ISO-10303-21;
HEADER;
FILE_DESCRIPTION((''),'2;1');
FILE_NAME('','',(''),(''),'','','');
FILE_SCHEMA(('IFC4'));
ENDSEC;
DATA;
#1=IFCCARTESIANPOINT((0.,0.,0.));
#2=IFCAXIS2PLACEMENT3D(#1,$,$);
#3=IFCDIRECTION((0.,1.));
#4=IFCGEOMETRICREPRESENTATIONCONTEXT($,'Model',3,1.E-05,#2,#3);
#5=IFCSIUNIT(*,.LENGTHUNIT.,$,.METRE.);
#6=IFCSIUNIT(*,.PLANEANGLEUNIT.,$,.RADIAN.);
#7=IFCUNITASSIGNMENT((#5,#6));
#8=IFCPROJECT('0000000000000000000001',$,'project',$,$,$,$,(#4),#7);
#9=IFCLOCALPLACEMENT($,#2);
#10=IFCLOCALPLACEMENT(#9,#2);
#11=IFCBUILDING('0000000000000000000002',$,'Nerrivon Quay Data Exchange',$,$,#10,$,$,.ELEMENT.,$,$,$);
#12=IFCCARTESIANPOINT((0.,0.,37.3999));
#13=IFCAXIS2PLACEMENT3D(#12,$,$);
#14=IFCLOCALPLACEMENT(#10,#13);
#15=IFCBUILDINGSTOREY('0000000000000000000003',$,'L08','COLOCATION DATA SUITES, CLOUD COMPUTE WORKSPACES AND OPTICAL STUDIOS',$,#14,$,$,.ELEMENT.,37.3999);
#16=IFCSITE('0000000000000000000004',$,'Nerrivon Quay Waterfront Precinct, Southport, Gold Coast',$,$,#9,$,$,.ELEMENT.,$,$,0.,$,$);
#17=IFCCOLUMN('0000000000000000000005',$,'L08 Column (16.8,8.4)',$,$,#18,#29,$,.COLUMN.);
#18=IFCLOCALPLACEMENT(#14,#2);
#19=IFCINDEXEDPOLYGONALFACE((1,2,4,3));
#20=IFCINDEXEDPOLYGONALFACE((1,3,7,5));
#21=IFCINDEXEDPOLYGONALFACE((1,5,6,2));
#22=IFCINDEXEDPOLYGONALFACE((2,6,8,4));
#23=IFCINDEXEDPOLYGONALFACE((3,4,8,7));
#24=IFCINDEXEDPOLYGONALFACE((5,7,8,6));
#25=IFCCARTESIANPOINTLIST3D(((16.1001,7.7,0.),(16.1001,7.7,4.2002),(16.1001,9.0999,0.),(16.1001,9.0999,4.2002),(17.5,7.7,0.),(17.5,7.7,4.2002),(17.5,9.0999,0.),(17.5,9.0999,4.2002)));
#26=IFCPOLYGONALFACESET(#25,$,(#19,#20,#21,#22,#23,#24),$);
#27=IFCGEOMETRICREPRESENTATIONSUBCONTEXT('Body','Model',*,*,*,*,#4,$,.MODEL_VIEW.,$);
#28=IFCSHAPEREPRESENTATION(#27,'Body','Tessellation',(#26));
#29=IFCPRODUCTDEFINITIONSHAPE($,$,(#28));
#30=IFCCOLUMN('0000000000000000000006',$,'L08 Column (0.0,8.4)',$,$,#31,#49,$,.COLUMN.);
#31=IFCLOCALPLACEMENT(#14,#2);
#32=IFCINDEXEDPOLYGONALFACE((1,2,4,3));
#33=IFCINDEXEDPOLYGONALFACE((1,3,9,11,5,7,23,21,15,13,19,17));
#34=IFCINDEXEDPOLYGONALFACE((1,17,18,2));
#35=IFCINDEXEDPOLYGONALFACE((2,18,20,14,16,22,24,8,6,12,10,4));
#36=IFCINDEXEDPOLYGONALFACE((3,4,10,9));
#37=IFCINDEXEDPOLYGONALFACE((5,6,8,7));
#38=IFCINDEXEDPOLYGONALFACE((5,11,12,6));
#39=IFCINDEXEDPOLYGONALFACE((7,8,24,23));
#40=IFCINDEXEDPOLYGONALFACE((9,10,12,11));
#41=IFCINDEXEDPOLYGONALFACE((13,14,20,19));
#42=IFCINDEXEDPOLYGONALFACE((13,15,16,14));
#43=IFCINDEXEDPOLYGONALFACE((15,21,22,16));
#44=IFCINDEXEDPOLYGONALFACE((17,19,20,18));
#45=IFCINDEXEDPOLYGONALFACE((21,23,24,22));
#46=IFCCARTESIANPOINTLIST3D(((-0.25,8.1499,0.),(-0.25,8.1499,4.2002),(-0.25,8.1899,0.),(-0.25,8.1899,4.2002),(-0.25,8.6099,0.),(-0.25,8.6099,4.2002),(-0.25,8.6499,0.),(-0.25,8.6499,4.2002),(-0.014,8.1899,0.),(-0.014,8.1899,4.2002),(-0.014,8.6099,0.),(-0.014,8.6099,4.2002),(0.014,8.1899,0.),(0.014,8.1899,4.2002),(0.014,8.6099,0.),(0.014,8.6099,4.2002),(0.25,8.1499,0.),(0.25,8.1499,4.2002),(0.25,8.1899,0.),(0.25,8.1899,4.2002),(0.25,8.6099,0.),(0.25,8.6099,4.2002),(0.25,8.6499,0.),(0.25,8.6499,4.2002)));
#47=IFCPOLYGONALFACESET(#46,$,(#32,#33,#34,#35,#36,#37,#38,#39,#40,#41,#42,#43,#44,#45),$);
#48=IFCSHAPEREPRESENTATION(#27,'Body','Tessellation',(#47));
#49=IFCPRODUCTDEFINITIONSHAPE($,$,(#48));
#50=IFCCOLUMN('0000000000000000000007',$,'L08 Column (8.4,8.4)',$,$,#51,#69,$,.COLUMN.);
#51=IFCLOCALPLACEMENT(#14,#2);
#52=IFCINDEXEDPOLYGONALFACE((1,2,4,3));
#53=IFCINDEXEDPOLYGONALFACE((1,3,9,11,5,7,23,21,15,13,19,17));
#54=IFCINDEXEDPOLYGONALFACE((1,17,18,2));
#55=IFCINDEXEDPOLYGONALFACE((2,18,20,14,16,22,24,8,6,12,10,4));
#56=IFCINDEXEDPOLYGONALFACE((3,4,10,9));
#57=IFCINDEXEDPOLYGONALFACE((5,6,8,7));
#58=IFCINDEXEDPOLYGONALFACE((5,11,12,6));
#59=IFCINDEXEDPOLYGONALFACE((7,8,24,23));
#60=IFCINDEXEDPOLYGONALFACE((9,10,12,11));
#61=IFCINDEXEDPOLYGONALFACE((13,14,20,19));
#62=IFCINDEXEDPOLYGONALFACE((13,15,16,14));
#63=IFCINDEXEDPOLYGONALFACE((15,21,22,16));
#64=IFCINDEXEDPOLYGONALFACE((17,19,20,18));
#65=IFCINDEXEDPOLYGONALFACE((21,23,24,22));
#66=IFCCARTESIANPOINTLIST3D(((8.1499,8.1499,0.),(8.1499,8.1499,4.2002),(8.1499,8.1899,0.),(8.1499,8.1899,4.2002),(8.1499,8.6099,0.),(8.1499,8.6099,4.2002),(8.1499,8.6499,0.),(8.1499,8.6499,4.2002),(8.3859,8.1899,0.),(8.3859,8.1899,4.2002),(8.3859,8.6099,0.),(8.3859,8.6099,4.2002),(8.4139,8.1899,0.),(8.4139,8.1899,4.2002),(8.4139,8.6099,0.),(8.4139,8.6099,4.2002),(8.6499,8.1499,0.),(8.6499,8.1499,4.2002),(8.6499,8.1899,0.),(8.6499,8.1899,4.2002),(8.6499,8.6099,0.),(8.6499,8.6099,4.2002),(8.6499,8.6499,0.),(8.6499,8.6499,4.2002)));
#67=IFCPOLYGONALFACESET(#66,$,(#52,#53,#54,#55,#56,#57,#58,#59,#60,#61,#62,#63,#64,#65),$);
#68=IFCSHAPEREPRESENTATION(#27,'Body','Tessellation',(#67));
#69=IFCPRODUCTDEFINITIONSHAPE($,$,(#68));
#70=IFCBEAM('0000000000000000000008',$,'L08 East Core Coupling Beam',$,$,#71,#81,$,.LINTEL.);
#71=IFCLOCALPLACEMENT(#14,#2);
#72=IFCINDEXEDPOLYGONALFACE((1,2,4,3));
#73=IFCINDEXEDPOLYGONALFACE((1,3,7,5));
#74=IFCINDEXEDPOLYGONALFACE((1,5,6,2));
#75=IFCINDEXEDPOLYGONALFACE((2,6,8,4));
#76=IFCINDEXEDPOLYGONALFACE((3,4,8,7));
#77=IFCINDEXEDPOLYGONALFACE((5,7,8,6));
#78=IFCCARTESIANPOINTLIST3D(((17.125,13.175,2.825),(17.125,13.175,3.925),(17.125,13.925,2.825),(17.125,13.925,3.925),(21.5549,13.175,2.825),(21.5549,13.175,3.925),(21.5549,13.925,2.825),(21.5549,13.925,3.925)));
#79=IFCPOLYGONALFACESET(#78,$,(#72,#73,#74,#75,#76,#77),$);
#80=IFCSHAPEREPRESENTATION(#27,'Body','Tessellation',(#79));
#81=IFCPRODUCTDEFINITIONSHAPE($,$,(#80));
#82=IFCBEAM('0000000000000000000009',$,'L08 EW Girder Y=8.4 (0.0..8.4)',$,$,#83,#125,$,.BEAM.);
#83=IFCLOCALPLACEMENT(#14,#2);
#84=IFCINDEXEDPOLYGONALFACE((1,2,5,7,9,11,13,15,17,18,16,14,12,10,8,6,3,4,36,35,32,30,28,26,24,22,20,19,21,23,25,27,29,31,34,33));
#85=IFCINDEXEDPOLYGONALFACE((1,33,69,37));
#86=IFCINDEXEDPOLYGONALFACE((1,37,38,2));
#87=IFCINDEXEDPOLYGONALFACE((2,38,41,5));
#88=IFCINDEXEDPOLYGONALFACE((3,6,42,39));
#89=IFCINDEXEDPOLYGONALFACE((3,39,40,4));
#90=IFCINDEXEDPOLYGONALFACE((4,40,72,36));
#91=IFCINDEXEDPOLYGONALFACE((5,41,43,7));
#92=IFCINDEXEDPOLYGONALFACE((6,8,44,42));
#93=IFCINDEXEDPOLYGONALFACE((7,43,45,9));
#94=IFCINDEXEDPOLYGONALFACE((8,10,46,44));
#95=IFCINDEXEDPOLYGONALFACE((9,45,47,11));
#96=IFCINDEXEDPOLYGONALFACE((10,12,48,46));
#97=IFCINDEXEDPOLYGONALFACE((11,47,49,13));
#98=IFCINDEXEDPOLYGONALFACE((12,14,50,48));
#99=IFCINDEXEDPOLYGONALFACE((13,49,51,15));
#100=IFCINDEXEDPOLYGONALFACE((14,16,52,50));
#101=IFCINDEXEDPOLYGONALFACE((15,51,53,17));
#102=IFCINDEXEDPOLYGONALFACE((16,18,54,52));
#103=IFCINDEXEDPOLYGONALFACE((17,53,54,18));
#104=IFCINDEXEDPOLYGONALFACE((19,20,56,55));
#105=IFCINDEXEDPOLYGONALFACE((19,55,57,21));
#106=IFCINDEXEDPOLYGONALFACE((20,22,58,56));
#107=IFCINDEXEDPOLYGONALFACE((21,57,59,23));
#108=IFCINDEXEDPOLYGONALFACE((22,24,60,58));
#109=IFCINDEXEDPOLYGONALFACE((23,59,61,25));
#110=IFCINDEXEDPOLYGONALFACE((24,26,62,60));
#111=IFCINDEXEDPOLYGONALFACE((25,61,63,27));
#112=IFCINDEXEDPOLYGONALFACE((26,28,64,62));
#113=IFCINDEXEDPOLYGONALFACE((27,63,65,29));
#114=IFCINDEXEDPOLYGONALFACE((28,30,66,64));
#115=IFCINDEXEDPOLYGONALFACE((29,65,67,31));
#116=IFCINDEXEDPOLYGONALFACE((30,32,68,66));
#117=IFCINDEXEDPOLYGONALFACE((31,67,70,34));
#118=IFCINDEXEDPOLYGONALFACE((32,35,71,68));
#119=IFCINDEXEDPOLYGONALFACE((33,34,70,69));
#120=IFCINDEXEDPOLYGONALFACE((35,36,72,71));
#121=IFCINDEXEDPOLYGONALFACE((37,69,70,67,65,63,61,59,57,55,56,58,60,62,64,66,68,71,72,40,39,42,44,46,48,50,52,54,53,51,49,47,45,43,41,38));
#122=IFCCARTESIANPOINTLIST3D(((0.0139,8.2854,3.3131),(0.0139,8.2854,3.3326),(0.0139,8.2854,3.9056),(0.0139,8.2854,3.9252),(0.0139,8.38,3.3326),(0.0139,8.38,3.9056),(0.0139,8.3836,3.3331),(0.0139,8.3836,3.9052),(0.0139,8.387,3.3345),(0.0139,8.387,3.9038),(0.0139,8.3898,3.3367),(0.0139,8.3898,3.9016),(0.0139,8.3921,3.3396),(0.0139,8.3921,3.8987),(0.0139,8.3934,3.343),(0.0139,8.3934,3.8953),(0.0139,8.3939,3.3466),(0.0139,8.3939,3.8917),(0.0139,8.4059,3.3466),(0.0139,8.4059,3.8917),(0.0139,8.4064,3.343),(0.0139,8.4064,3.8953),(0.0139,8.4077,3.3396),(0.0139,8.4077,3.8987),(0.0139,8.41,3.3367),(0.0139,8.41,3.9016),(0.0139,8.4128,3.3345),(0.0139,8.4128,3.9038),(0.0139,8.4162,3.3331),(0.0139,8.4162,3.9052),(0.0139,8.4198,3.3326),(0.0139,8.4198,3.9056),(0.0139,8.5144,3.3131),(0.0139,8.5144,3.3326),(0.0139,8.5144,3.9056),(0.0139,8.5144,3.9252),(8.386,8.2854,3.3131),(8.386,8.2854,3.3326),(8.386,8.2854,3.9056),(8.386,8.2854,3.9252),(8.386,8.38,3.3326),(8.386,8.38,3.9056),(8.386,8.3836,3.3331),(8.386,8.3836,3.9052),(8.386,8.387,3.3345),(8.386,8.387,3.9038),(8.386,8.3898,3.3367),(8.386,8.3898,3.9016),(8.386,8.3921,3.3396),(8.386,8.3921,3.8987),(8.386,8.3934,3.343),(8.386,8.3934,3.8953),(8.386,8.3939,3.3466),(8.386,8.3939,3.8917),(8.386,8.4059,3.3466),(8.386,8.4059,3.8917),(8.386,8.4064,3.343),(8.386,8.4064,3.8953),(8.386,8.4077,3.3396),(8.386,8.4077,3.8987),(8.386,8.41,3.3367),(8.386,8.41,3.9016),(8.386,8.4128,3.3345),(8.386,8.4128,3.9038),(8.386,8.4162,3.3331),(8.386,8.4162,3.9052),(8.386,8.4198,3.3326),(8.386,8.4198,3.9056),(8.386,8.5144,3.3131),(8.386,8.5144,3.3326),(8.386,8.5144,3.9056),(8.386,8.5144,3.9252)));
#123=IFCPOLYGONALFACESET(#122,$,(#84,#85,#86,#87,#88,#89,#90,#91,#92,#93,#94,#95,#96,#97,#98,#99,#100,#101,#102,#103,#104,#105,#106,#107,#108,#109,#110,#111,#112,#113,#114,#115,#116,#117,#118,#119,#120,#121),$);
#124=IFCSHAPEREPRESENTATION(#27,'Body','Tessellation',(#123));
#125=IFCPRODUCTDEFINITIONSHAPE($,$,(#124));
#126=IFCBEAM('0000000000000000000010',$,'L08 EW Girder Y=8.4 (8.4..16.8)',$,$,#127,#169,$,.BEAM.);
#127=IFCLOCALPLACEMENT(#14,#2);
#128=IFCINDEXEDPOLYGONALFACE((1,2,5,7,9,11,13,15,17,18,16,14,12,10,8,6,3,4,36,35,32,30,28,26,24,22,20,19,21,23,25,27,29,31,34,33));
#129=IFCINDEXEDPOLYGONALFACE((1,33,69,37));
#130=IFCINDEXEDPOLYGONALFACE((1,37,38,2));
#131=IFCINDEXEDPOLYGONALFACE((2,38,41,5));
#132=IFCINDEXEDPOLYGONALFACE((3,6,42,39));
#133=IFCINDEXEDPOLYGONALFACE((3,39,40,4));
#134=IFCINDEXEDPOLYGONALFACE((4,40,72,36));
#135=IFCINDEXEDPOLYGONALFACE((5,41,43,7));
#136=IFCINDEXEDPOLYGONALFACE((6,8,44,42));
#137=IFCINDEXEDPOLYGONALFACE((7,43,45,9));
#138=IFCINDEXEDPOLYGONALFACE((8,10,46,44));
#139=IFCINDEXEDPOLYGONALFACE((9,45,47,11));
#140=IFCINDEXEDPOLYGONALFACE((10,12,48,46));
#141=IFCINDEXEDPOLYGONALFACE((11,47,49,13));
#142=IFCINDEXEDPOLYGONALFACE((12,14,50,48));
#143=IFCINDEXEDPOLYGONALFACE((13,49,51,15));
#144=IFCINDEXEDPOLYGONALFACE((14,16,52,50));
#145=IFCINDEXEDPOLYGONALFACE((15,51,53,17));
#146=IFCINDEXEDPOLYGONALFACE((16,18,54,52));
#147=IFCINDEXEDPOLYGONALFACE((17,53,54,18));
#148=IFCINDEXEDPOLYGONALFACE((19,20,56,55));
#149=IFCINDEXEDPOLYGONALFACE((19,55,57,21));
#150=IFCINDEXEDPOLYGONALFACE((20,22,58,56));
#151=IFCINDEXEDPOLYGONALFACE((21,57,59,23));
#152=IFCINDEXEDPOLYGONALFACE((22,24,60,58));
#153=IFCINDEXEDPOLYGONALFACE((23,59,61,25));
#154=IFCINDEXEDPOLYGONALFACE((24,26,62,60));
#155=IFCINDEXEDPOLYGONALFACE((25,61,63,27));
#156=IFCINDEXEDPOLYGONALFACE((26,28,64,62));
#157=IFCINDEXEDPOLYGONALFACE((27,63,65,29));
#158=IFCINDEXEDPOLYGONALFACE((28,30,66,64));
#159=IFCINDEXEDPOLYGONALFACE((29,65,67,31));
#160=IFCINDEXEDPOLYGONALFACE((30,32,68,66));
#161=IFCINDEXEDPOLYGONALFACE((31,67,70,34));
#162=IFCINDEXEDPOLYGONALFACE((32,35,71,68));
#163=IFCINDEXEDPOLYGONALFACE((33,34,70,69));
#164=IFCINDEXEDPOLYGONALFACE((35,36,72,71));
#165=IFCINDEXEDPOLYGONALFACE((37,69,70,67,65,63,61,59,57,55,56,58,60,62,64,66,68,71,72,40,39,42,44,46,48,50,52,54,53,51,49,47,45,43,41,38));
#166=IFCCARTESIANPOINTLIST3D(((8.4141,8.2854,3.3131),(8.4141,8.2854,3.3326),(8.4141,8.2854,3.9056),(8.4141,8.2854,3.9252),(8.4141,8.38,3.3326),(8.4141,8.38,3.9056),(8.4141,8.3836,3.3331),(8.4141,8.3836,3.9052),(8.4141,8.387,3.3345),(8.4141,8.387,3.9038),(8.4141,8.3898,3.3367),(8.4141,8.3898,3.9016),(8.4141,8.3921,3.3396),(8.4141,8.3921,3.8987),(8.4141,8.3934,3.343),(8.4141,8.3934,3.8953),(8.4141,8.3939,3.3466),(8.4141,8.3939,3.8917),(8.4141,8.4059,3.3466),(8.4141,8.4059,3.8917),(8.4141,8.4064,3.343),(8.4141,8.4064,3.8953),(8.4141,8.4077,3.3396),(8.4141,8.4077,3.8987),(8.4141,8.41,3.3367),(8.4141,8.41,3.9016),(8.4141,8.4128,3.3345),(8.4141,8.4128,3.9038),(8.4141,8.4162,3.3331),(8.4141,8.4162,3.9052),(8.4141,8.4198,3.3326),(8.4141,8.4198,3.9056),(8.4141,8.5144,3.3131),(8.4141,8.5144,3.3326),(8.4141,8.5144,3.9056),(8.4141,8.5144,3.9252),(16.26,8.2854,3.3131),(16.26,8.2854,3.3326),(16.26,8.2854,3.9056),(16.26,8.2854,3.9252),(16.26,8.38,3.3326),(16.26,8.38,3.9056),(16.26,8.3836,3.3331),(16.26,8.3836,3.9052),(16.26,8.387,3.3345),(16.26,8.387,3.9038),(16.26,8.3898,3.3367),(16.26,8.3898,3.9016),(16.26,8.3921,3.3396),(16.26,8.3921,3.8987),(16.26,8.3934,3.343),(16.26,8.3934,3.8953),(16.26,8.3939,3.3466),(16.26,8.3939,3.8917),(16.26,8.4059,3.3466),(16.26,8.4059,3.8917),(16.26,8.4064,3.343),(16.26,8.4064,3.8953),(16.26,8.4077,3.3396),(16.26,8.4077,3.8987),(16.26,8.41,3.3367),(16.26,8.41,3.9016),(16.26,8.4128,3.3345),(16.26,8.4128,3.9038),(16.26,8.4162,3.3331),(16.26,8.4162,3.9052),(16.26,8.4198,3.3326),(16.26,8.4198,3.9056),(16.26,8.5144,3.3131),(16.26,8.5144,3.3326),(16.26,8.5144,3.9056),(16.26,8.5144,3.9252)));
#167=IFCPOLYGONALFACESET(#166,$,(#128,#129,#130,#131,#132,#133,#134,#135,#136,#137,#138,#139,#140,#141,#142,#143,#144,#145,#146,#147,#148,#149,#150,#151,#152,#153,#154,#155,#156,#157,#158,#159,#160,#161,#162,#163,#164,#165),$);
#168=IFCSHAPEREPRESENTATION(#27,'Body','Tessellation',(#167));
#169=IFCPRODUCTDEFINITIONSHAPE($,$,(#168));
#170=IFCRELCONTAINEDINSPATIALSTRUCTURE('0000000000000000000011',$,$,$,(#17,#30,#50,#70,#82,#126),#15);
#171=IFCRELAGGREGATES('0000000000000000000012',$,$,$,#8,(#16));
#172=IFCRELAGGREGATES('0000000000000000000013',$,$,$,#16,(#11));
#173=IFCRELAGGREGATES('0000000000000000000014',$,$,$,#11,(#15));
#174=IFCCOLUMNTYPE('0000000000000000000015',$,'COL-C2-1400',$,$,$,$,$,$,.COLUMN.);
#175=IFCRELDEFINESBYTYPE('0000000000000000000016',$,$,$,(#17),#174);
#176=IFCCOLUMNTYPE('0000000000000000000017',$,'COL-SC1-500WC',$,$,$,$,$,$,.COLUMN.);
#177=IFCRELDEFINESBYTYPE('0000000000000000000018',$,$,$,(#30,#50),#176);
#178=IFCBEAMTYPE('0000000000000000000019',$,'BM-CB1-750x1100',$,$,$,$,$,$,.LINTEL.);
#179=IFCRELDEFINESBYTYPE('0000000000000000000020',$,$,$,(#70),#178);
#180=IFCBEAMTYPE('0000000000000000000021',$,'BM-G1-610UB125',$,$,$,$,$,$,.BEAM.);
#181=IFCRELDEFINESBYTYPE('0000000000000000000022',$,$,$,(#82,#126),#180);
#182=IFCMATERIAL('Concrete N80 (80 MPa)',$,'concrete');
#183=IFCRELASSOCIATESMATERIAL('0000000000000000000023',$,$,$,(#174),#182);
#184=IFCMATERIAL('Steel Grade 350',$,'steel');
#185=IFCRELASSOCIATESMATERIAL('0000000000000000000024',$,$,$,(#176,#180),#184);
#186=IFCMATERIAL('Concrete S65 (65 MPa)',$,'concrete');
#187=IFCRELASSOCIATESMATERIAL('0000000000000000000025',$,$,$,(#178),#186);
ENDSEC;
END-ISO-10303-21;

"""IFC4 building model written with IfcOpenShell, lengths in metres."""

from ifc_helpers import new_model, si_unit, direction, frame, origin, origin_2d, place, context, subcontext, project, spatial, rectangle, i_section, extrude, material, material_profile, profile_set, type_object, element, save


model = new_model("IFC4")

# Units and contexts
model_context = context("Model", 3, precision=1e-05, world=origin(), true_north=direction((0.0, 1.0)))
body_context = subcontext(model_context, "Body", "Model", "MODEL_VIEW")
ifc_project = project(units=[si_unit("LENGTHUNIT", "METRE"), si_unit("PLANEANGLEUNIT", "RADIAN")], contexts=[model_context])

# Site, building, storey
site_placement = place(None, origin())
site = spatial("IfcSite", under=ifc_project, at=site_placement, Name="Nerrivon Quay Waterfront Precinct, Southport, Gold Coast", CompositionType="ELEMENT", RefElevation=0.0)
building_placement = place(site_placement, origin())
building = spatial("IfcBuilding", under=site, at=building_placement, Name="Nerrivon Quay Data Exchange", CompositionType="ELEMENT")
storey_placement = place(building_placement, frame((0.0, 0.0, 37.3999)))
storey = spatial("IfcBuildingStorey", under=building, at=storey_placement, Name="L08", Description="COLOCATION DATA SUITES, CLOUD COMPUTE WORKSPACES AND OPTICAL STUDIOS", CompositionType="ELEMENT", Elevation=37.3999)

# Columns
ifc_material_1 = material(Name="Concrete N80 (80 MPa)", Category="concrete")
ifc_material_profile_1 = material_profile(ifc_material_1, rectangle(XDim=1.3999, YDim=1.3999, at=origin_2d()), Name="RC-COL-1400x1400")
ifc_profile_set_1 = profile_set([ifc_material_profile_1], Name="Concrete N80 (80 MPa)")
column_type_1 = type_object("IfcColumnType", Name="COL-C2-1400", PredefinedType="COLUMN", material=ifc_profile_set_1)
column_placement = place(storey_placement, frame((16.8, 8.3999, 0.0), z_axis=(0.0, 0.0, 1.0), x_axis=(1.0, 0.0, 0.0)))
element("IfcColumn", 1, at=column_placement, inside=storey, type_object=column_type_1, Name="L08 Column (16.8,8.4)", PredefinedType="COLUMN", context=body_context, shape_type="SweptSolid", body=[
    extrude(rectangle(XDim=1.3999, YDim=1.3999, at=origin_2d()), origin(), (0.0, 0.0, 1.0), 4.2002),
])
ifc_material_2 = material(Name="Steel Grade 350", Category="steel")
ifc_material_profile_2 = material_profile(ifc_material_2, i_section(OverallWidth=0.5, OverallDepth=0.5, WebThickness=0.0281, FlangeThickness=0.04, at=origin_2d()), Name="500WC440")
ifc_profile_set_2 = profile_set([ifc_material_profile_2], Name="Steel Grade 350")
column_type_2 = type_object("IfcColumnType", Name="COL-SC1-500WC", PredefinedType="COLUMN", material=ifc_profile_set_2)
for number, where, z_axis, x_axis, name in (
    (2, (0.0, 8.3999, 0.0), (0.0, 0.0, 1.0), (1.0, 0.0, 0.0), "L08 Column (0.0,8.4)"),
    (3, (8.3999, 8.3999, 0.0), (0.0, 0.0, 1.0), (1.0, 0.0, 0.0), "L08 Column (8.4,8.4)"),
):
    element("IfcColumn", number, at=place(storey_placement, frame(where, z_axis=z_axis, x_axis=x_axis)), inside=storey, type_object=column_type_2, Name=name, PredefinedType="COLUMN", context=body_context, shape_type="SweptSolid", body=[
        extrude(i_section(OverallWidth=0.5, OverallDepth=0.5, WebThickness=0.0281, FlangeThickness=0.04, at=origin_2d()), origin(), (0.0, 0.0, 1.0), 4.2002),
    ])

# Beams
ifc_material_3 = material(Name="Concrete S65 (65 MPa)", Category="concrete")
ifc_material_profile_3 = material_profile(ifc_material_3, rectangle(XDim=0.75, YDim=1.1001, at=origin_2d()), Name="RC-CB-750x1100")
ifc_profile_set_3 = profile_set([ifc_material_profile_3], Name="Concrete S65 (65 MPa)")
beam_type_1 = type_object("IfcBeamType", Name="BM-CB1-750x1100", PredefinedType="LINTEL", material=ifc_profile_set_3)
beam_1_placement = place(storey_placement, frame((17.125, 13.55, 3.375), z_axis=(1.0, 0.0, 0.0), x_axis=(0.0, 1.0, 0.0)))
element("IfcBeam", 4, at=beam_1_placement, inside=storey, type_object=beam_type_1, Name="L08 East Core Coupling Beam", PredefinedType="LINTEL", context=body_context, shape_type="SweptSolid", body=[
    extrude(rectangle(XDim=0.75, YDim=1.1001, at=origin_2d()), origin(), (0.0, 0.0, 1.0), 4.4299),
])
ifc_material_profile_4 = material_profile(ifc_material_2, i_section(OverallWidth=0.229, OverallDepth=0.6121, WebThickness=0.012, FlangeThickness=0.0195, FilletRadius=0.0139, at=origin_2d()), Name="610UB125")
ifc_profile_set_4 = profile_set([ifc_material_profile_4], Name="Steel Grade 350")
beam_type_2 = type_object("IfcBeamType", Name="BM-G1-610UB125", PredefinedType="BEAM", material=ifc_profile_set_4)
beam_2_placement = place(storey_placement, frame((0.0139, 8.3999, 3.6191), z_axis=(1.0, 0.0, 0.0), x_axis=(0.0, 1.0, 0.0)))
element("IfcBeam", 5, at=beam_2_placement, inside=storey, type_object=beam_type_2, Name="L08 EW Girder Y=8.4 (0.0..8.4)", PredefinedType="BEAM", context=body_context, shape_type="SweptSolid", body=[
    extrude(i_section(OverallWidth=0.229, OverallDepth=0.6121, WebThickness=0.012, FlangeThickness=0.0195, FilletRadius=0.0139, at=origin_2d()), origin(), (0.0, 0.0, 1.0), 8.3721),
])
beam_3_placement = place(storey_placement, frame((8.4141, 8.3999, 3.6191), z_axis=(1.0, 0.0, 0.0), x_axis=(0.0, 1.0, 0.0)))
element("IfcBeam", 6, at=beam_3_placement, inside=storey, type_object=beam_type_2, Name="L08 EW Girder Y=8.4 (8.4..16.8)", PredefinedType="BEAM", context=body_context, shape_type="SweptSolid", body=[
    extrude(i_section(OverallWidth=0.229, OverallDepth=0.6121, WebThickness=0.012, FlangeThickness=0.0195, FilletRadius=0.0139, at=origin_2d()), origin(), (0.0, 0.0, 1.0), 7.8459),
])

save(model, "model.ifc")
